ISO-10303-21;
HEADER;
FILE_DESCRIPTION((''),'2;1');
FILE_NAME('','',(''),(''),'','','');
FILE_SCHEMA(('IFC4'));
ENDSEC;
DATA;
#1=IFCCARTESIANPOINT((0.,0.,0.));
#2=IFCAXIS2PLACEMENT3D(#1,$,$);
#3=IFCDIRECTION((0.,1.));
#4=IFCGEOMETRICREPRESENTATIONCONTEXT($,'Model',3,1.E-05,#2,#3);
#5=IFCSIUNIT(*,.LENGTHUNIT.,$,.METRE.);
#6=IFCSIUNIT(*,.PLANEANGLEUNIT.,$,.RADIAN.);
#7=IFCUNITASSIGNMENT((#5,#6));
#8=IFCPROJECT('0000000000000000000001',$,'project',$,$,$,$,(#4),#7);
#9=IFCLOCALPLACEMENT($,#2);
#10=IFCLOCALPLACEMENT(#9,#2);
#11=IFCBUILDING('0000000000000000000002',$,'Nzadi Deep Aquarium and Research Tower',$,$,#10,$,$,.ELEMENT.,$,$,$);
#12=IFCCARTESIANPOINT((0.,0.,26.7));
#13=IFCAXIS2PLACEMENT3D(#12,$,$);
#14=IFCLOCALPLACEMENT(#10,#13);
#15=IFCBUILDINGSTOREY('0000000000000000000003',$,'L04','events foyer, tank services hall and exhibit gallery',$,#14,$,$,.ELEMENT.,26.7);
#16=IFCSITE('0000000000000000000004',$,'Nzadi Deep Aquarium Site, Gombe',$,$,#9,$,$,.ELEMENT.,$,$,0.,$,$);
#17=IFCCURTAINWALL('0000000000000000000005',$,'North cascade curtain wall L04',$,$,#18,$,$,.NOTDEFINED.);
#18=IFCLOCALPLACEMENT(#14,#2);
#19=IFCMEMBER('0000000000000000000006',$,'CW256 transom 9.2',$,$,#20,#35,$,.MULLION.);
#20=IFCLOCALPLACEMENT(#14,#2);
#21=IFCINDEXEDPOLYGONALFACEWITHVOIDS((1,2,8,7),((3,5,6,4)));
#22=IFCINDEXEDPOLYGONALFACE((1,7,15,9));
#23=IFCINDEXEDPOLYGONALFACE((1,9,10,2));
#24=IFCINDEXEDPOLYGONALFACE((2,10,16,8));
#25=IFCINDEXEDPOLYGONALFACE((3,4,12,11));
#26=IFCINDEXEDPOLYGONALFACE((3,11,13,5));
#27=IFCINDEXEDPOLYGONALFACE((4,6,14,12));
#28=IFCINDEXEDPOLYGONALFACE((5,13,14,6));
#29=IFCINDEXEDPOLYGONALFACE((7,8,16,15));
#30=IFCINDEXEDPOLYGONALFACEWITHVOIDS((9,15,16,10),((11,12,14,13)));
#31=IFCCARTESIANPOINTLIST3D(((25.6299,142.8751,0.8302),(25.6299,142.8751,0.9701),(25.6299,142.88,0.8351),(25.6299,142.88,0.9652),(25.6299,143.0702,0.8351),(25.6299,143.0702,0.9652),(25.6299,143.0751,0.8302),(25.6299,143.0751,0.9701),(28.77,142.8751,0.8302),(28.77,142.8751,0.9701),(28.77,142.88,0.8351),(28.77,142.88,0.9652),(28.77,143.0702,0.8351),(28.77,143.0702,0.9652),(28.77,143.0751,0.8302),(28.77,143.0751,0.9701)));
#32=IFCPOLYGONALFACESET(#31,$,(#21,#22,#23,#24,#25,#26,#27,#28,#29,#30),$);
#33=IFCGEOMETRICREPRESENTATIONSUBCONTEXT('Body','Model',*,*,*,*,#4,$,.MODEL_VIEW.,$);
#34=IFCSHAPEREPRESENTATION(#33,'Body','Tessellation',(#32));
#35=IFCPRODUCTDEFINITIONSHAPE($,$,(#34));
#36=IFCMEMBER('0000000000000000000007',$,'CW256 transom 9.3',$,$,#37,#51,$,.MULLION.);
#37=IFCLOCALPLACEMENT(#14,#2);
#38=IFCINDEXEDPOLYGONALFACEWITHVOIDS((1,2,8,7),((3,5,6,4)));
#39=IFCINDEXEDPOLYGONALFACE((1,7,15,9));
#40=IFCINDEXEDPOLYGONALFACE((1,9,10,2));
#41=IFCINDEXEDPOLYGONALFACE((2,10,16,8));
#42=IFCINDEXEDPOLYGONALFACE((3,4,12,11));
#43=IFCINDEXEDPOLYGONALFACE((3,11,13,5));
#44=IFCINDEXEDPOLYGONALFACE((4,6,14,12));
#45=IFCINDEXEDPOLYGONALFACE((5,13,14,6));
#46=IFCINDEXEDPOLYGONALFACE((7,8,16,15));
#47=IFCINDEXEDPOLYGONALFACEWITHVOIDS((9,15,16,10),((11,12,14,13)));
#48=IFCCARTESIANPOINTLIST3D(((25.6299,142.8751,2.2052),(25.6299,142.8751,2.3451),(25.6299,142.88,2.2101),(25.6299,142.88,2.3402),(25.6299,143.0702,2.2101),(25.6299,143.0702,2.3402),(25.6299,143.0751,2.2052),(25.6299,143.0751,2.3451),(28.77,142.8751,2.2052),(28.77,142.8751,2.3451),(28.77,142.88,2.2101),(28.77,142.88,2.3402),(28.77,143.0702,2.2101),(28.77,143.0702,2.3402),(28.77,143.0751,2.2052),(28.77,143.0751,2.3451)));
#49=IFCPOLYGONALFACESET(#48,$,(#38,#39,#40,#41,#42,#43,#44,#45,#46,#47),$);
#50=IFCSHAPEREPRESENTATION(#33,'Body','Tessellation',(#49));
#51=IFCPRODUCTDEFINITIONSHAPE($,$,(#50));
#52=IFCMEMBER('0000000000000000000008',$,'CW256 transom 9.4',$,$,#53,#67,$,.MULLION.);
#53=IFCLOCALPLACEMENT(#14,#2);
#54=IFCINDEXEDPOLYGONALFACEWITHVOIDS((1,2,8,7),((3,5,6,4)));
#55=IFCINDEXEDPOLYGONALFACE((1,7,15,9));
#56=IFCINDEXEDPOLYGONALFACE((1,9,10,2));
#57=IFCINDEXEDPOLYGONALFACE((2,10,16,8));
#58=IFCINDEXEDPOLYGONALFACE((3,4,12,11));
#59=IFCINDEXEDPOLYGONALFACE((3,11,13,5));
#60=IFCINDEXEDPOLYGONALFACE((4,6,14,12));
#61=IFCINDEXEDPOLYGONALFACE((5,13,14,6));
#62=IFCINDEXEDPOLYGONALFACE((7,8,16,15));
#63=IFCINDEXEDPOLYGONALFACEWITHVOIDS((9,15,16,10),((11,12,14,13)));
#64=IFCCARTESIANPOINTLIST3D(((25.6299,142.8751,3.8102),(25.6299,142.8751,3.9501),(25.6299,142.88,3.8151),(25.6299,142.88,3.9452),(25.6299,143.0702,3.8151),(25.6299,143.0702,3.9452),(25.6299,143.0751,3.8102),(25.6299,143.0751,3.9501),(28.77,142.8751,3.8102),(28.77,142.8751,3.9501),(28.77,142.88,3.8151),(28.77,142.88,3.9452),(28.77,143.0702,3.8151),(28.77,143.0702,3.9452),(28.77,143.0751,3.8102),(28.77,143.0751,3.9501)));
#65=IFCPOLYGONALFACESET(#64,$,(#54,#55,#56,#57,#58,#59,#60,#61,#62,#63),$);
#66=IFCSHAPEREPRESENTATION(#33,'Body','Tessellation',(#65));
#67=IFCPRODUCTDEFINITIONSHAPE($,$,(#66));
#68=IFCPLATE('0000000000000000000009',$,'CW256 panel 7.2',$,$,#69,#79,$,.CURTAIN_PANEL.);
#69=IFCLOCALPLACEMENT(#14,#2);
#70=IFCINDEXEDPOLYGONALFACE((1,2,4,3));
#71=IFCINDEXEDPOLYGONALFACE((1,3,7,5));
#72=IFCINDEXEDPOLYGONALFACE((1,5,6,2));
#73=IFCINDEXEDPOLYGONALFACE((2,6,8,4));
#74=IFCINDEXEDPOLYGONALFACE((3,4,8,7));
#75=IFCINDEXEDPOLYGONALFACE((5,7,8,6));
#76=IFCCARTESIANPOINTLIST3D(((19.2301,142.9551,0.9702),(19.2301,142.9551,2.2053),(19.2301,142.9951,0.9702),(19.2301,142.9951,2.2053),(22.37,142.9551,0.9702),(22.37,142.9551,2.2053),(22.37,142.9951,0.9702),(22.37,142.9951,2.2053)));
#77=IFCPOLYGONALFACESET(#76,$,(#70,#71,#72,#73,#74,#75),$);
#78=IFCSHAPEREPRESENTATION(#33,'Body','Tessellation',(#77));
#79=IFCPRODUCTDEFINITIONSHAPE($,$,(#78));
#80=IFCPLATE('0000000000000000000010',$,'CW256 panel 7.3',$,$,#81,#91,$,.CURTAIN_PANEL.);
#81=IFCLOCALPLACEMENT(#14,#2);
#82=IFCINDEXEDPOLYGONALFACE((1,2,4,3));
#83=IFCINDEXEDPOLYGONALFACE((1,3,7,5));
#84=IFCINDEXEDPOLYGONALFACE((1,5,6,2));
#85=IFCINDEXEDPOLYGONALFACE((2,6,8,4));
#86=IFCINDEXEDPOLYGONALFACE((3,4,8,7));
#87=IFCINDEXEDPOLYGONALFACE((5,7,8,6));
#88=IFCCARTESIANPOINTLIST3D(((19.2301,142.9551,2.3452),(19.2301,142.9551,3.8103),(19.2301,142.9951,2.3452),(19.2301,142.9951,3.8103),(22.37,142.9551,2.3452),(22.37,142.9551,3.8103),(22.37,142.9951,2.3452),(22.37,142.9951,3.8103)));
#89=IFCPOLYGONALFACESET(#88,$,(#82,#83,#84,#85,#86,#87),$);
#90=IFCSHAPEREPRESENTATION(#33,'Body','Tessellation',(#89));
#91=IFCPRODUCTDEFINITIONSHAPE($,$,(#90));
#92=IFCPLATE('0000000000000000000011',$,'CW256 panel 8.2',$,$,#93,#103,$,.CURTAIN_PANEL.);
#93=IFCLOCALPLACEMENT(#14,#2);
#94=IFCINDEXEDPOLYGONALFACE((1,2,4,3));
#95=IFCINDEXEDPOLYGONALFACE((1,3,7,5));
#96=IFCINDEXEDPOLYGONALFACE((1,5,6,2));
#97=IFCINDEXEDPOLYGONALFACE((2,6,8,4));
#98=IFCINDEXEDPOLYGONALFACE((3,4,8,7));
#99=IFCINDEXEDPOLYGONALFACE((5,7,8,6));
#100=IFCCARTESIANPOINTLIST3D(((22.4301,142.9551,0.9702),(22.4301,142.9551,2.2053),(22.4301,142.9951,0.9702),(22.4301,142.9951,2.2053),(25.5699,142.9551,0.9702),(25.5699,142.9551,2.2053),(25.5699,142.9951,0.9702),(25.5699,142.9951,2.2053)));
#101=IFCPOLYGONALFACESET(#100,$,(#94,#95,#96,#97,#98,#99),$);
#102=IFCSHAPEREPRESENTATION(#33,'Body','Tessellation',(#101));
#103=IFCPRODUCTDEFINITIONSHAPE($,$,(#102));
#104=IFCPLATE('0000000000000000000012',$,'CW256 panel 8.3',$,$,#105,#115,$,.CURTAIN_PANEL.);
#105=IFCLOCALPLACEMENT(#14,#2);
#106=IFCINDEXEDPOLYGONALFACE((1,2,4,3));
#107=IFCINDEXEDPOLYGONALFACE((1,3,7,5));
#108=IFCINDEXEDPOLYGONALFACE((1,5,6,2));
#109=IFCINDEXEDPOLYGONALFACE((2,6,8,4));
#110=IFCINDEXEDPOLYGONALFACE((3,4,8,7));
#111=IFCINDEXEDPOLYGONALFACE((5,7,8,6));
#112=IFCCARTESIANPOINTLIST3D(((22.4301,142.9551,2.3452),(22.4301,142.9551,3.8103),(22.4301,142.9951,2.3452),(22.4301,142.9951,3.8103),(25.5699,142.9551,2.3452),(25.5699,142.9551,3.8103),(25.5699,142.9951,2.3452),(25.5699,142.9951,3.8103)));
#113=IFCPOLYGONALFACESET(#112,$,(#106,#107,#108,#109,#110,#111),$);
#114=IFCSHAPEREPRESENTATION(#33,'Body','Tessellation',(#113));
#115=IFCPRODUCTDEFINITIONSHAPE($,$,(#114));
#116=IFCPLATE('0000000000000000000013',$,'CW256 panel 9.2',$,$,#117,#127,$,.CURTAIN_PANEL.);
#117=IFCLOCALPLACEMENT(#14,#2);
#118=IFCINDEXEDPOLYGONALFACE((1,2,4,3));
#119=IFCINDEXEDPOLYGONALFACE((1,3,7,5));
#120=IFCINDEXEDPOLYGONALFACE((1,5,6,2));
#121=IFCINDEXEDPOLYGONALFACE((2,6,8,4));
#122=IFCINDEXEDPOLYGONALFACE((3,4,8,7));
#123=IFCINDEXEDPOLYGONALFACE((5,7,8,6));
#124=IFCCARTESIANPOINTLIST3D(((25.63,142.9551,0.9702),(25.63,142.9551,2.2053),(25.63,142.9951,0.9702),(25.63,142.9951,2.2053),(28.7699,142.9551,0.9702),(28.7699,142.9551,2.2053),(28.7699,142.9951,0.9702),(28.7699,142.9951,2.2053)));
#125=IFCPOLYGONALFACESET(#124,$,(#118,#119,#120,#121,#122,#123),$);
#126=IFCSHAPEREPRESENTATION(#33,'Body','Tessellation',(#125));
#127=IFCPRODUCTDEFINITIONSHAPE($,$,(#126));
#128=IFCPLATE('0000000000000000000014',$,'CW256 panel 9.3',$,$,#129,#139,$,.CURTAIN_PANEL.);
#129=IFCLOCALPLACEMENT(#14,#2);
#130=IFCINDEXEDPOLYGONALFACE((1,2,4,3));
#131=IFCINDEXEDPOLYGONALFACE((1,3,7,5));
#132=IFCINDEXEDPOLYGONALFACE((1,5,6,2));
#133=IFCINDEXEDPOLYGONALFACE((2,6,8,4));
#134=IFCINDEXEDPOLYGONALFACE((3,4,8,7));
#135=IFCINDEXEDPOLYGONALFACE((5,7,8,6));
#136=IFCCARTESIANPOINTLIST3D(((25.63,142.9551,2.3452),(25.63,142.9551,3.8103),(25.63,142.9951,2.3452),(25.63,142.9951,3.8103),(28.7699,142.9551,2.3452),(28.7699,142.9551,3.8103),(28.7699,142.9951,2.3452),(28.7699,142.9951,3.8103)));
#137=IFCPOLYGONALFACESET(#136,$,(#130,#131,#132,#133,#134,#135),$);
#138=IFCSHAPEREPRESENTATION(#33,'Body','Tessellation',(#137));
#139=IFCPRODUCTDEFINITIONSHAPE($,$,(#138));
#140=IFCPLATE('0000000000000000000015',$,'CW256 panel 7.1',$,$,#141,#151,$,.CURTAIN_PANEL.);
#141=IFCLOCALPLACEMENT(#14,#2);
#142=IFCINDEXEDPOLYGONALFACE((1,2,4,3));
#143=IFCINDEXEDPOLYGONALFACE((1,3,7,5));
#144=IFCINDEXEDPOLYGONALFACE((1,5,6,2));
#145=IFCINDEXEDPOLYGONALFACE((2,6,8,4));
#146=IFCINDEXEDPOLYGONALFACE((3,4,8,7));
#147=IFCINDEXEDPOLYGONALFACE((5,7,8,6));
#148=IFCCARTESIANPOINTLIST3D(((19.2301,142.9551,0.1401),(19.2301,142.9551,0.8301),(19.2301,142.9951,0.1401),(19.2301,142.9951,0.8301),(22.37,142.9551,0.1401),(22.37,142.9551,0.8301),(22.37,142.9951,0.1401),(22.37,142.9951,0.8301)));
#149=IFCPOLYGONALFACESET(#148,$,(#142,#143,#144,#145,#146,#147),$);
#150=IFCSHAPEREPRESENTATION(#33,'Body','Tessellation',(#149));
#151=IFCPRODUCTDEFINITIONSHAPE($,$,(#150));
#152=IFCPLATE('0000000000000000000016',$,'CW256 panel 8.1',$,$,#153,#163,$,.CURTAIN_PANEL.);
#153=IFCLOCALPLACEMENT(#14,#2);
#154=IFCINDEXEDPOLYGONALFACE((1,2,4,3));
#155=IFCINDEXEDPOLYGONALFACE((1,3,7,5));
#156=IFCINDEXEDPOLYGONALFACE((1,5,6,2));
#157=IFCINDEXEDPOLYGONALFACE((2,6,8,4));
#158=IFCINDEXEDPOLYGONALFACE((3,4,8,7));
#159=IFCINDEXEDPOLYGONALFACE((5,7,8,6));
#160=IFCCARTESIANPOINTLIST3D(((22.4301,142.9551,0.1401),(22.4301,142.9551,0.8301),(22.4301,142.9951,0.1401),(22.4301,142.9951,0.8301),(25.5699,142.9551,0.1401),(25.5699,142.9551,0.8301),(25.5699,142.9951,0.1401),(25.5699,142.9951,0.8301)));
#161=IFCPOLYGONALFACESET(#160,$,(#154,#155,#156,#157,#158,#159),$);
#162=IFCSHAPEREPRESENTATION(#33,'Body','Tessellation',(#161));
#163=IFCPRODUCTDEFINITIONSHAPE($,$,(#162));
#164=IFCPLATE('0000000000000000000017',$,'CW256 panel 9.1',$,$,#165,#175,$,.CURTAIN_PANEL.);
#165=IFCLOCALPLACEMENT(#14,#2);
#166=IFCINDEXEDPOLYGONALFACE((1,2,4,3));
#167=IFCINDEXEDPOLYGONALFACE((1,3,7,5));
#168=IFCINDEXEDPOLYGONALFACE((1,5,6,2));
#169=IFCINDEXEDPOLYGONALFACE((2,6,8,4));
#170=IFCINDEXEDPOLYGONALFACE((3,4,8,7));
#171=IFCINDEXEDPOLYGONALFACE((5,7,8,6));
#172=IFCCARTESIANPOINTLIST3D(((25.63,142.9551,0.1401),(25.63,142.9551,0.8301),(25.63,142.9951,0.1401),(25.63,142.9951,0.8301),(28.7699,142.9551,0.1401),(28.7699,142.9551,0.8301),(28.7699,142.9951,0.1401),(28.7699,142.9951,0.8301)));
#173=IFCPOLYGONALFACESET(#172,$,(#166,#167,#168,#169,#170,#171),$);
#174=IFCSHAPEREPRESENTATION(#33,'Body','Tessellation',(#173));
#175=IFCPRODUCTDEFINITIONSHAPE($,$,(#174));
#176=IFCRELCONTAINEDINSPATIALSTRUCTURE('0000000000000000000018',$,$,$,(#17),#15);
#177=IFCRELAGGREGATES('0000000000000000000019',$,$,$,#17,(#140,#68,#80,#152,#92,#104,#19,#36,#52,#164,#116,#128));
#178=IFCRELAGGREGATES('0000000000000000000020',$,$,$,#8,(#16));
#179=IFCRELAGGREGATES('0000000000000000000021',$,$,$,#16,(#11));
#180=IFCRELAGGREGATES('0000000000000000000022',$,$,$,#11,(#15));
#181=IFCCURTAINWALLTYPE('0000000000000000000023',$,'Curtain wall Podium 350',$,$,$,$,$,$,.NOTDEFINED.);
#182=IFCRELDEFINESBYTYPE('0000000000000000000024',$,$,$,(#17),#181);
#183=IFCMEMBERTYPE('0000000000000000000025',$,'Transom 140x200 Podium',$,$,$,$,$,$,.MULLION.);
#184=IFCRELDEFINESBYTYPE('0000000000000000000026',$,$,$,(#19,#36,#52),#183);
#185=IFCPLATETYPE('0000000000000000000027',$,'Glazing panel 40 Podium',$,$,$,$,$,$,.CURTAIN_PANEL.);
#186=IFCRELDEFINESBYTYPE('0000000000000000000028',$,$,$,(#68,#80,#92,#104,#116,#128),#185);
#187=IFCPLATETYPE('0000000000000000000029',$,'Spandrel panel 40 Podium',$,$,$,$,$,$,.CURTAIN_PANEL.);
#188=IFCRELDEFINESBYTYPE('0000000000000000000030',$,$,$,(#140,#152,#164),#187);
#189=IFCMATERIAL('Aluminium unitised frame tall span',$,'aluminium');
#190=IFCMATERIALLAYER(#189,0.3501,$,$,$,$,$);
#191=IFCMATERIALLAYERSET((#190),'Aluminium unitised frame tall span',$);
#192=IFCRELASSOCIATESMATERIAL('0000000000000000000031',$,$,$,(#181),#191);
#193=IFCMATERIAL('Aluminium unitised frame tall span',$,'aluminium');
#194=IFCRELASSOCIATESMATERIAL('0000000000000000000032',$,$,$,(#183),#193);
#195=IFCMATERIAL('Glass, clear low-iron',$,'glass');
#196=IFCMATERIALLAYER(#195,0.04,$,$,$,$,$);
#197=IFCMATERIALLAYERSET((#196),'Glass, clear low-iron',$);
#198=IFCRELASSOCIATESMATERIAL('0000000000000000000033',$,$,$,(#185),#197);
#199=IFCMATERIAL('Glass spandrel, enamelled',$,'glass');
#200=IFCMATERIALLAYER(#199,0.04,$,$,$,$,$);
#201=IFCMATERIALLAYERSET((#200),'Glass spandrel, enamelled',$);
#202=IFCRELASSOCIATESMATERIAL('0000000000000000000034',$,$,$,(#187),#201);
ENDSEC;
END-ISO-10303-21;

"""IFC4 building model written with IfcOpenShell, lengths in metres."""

from ifc_helpers import new_model, si_unit, direction, frame, origin, origin_2d, place, context, subcontext, project, spatial, rectangle, hollow_rectangle, extrude, material, layer, layer_set, material_profile, profile_set, type_object, element, aggregate, save


model = new_model("IFC4")

# Units and contexts
model_context = context("Model", 3, precision=1e-05, world=origin(), true_north=direction((0.0, 1.0)))
body_context = subcontext(model_context, "Body", "Model", "MODEL_VIEW")
ifc_project = project(units=[si_unit("LENGTHUNIT", "METRE"), si_unit("PLANEANGLEUNIT", "RADIAN")], contexts=[model_context])

# Site, building, storey
site_placement = place(None, origin())
site = spatial("IfcSite", under=ifc_project, at=site_placement, Name="Nzadi Deep Aquarium Site, Gombe", CompositionType="ELEMENT", RefElevation=0.0)
building_placement = place(site_placement, origin())
building = spatial("IfcBuilding", under=site, at=building_placement, Name="Nzadi Deep Aquarium and Research Tower", CompositionType="ELEMENT")
storey_placement = place(building_placement, frame((0.0, 0.0, 26.7)))
storey = spatial("IfcBuildingStorey", under=building, at=storey_placement, Name="L04", Description="events foyer, tank services hall and exhibit gallery", CompositionType="ELEMENT", Elevation=26.7)

# Curtain wall
ifc_material_1 = material(Name="Aluminium unitised frame tall span", Category="aluminium")
ifc_layer_1 = layer(ifc_material_1, 0.3501)
ifc_layer_set_1 = layer_set([ifc_layer_1], Name="Aluminium unitised frame tall span")
curtain_wall_type = type_object("IfcCurtainWallType", Name="Curtain wall Podium 350", PredefinedType="NOTDEFINED", material=ifc_layer_set_1)
curtain_wall_placement = place(storey_placement, origin())
curtain_wall = element("IfcCurtainWall", 1, at=curtain_wall_placement, inside=storey, type_object=curtain_wall_type, Name="North cascade curtain wall L04", PredefinedType="NOTDEFINED")

# Members
ifc_material_2 = material(Name="Aluminium unitised frame tall span", Category="aluminium")
ifc_material_profile_1 = material_profile(ifc_material_2, hollow_rectangle(XDim=0.2, YDim=0.1399, WallThickness=0.0049, at=origin_2d()))
ifc_profile_set_1 = profile_set([ifc_material_profile_1], Name="Aluminium unitised frame tall span")
member_type_1 = type_object("IfcMemberType", Name="Transom 140x200 Podium", PredefinedType="MULLION", material=ifc_profile_set_1)
member_1_placement = place(storey_placement, frame((25.6299, 142.9751, 0.9001), z_axis=(1.0, 0.0, 0.0), x_axis=(0.0, 1.0, 0.0)))
member_1 = element("IfcMember", 2, at=member_1_placement, type_object=member_type_1, Name="CW256 transom 9.2", PredefinedType="MULLION", context=body_context, shape_type="SweptSolid", body=[
    extrude(hollow_rectangle(XDim=0.2, YDim=0.1399, WallThickness=0.0049, at=origin_2d()), origin(), (0.0, 0.0, 1.0), 3.1401),
])
member_2_placement = place(storey_placement, frame((25.6299, 142.9751, 2.2751), z_axis=(1.0, 0.0, 0.0), x_axis=(0.0, 1.0, 0.0)))
member_2 = element("IfcMember", 3, at=member_2_placement, type_object=member_type_1, Name="CW256 transom 9.3", PredefinedType="MULLION", context=body_context, shape_type="SweptSolid", body=[
    extrude(hollow_rectangle(XDim=0.2, YDim=0.1399, WallThickness=0.0049, at=origin_2d()), origin(), (0.0, 0.0, 1.0), 3.1401),
])
member_3_placement = place(storey_placement, frame((25.6299, 142.9751, 3.8801), z_axis=(1.0, 0.0, 0.0), x_axis=(0.0, 1.0, 0.0)))
member_3 = element("IfcMember", 4, at=member_3_placement, type_object=member_type_1, Name="CW256 transom 9.4", PredefinedType="MULLION", context=body_context, shape_type="SweptSolid", body=[
    extrude(hollow_rectangle(XDim=0.2, YDim=0.1399, WallThickness=0.0049, at=origin_2d()), origin(), (0.0, 0.0, 1.0), 3.1401),
])

# Plates
ifc_material_3 = material(Name="Glass, clear low-iron", Category="glass")
ifc_layer_2 = layer(ifc_material_3, 0.04)
ifc_layer_set_2 = layer_set([ifc_layer_2], Name="Glass, clear low-iron")
plate_type_1 = type_object("IfcPlateType", Name="Glazing panel 40 Podium", PredefinedType="CURTAIN_PANEL", material=ifc_layer_set_2)
plate_1_placement = place(storey_placement, frame((20.8, 142.9751, 0.9702), z_axis=(0.0, 0.0, 1.0), x_axis=(1.0, 0.0, 0.0)))
plate_1 = element("IfcPlate", 5, at=plate_1_placement, type_object=plate_type_1, Name="CW256 panel 7.2", PredefinedType="CURTAIN_PANEL", context=body_context, shape_type="SweptSolid", body=[
    extrude(rectangle(XDim=3.1399, YDim=0.04, at=origin_2d()), origin(), (0.0, 0.0, 1.0), 1.2351),
])
plate_2_placement = place(storey_placement, frame((20.8, 142.9751, 2.3452), z_axis=(0.0, 0.0, 1.0), x_axis=(1.0, 0.0, 0.0)))
plate_2 = element("IfcPlate", 6, at=plate_2_placement, type_object=plate_type_1, Name="CW256 panel 7.3", PredefinedType="CURTAIN_PANEL", context=body_context, shape_type="SweptSolid", body=[
    extrude(rectangle(XDim=3.1399, YDim=0.04, at=origin_2d()), origin(), (0.0, 0.0, 1.0), 1.4651),
])
plate_3_placement = place(storey_placement, frame((24.0, 142.9751, 0.9702), z_axis=(0.0, 0.0, 1.0), x_axis=(1.0, 0.0, 0.0)))
plate_3 = element("IfcPlate", 7, at=plate_3_placement, type_object=plate_type_1, Name="CW256 panel 8.2", PredefinedType="CURTAIN_PANEL", context=body_context, shape_type="SweptSolid", body=[
    extrude(rectangle(XDim=3.1399, YDim=0.04, at=origin_2d()), origin(), (0.0, 0.0, 1.0), 1.2351),
])
plate_4_placement = place(storey_placement, frame((24.0, 142.9751, 2.3452), z_axis=(0.0, 0.0, 1.0), x_axis=(1.0, 0.0, 0.0)))
plate_4 = element("IfcPlate", 8, at=plate_4_placement, type_object=plate_type_1, Name="CW256 panel 8.3", PredefinedType="CURTAIN_PANEL", context=body_context, shape_type="SweptSolid", body=[
    extrude(rectangle(XDim=3.1399, YDim=0.04, at=origin_2d()), origin(), (0.0, 0.0, 1.0), 1.4651),
])
plate_5_placement = place(storey_placement, frame((27.2, 142.9751, 0.9702), z_axis=(0.0, 0.0, 1.0), x_axis=(1.0, 0.0, 0.0)))
plate_5 = element("IfcPlate", 9, at=plate_5_placement, type_object=plate_type_1, Name="CW256 panel 9.2", PredefinedType="CURTAIN_PANEL", context=body_context, shape_type="SweptSolid", body=[
    extrude(rectangle(XDim=3.1399, YDim=0.04, at=origin_2d()), origin(), (0.0, 0.0, 1.0), 1.2351),
])
plate_6_placement = place(storey_placement, frame((27.2, 142.9751, 2.3452), z_axis=(0.0, 0.0, 1.0), x_axis=(1.0, 0.0, 0.0)))
plate_6 = element("IfcPlate", 10, at=plate_6_placement, type_object=plate_type_1, Name="CW256 panel 9.3", PredefinedType="CURTAIN_PANEL", context=body_context, shape_type="SweptSolid", body=[
    extrude(rectangle(XDim=3.1399, YDim=0.04, at=origin_2d()), origin(), (0.0, 0.0, 1.0), 1.4651),
])
ifc_material_4 = material(Name="Glass spandrel, enamelled", Category="glass")
ifc_layer_3 = layer(ifc_material_4, 0.04)
ifc_layer_set_3 = layer_set([ifc_layer_3], Name="Glass spandrel, enamelled")
plate_type_2 = type_object("IfcPlateType", Name="Spandrel panel 40 Podium", PredefinedType="CURTAIN_PANEL", material=ifc_layer_set_3)
plate_7_placement = place(storey_placement, frame((20.8, 142.9751, 0.1401), z_axis=(0.0, 0.0, 1.0), x_axis=(1.0, 0.0, 0.0)))
plate_7 = element("IfcPlate", 11, at=plate_7_placement, type_object=plate_type_2, Name="CW256 panel 7.1", PredefinedType="CURTAIN_PANEL", context=body_context, shape_type="SweptSolid", body=[
    extrude(rectangle(XDim=3.1399, YDim=0.04, at=origin_2d()), origin(), (0.0, 0.0, 1.0), 0.6899),
])
plate_8_placement = place(storey_placement, frame((24.0, 142.9751, 0.1401), z_axis=(0.0, 0.0, 1.0), x_axis=(1.0, 0.0, 0.0)))
plate_8 = element("IfcPlate", 12, at=plate_8_placement, type_object=plate_type_2, Name="CW256 panel 8.1", PredefinedType="CURTAIN_PANEL", context=body_context, shape_type="SweptSolid", body=[
    extrude(rectangle(XDim=3.1399, YDim=0.04, at=origin_2d()), origin(), (0.0, 0.0, 1.0), 0.6899),
])
plate_9_placement = place(storey_placement, frame((27.2, 142.9751, 0.1401), z_axis=(0.0, 0.0, 1.0), x_axis=(1.0, 0.0, 0.0)))
plate_9 = element("IfcPlate", 13, at=plate_9_placement, type_object=plate_type_2, Name="CW256 panel 9.1", PredefinedType="CURTAIN_PANEL", context=body_context, shape_type="SweptSolid", body=[
    extrude(rectangle(XDim=3.1399, YDim=0.04, at=origin_2d()), origin(), (0.0, 0.0, 1.0), 0.6899),
])
aggregate(curtain_wall, [plate_7, plate_1, plate_2, plate_8, plate_3, plate_4, member_1, member_2, member_3, plate_9, plate_5, plate_6])

save(model, "model.ifc")
